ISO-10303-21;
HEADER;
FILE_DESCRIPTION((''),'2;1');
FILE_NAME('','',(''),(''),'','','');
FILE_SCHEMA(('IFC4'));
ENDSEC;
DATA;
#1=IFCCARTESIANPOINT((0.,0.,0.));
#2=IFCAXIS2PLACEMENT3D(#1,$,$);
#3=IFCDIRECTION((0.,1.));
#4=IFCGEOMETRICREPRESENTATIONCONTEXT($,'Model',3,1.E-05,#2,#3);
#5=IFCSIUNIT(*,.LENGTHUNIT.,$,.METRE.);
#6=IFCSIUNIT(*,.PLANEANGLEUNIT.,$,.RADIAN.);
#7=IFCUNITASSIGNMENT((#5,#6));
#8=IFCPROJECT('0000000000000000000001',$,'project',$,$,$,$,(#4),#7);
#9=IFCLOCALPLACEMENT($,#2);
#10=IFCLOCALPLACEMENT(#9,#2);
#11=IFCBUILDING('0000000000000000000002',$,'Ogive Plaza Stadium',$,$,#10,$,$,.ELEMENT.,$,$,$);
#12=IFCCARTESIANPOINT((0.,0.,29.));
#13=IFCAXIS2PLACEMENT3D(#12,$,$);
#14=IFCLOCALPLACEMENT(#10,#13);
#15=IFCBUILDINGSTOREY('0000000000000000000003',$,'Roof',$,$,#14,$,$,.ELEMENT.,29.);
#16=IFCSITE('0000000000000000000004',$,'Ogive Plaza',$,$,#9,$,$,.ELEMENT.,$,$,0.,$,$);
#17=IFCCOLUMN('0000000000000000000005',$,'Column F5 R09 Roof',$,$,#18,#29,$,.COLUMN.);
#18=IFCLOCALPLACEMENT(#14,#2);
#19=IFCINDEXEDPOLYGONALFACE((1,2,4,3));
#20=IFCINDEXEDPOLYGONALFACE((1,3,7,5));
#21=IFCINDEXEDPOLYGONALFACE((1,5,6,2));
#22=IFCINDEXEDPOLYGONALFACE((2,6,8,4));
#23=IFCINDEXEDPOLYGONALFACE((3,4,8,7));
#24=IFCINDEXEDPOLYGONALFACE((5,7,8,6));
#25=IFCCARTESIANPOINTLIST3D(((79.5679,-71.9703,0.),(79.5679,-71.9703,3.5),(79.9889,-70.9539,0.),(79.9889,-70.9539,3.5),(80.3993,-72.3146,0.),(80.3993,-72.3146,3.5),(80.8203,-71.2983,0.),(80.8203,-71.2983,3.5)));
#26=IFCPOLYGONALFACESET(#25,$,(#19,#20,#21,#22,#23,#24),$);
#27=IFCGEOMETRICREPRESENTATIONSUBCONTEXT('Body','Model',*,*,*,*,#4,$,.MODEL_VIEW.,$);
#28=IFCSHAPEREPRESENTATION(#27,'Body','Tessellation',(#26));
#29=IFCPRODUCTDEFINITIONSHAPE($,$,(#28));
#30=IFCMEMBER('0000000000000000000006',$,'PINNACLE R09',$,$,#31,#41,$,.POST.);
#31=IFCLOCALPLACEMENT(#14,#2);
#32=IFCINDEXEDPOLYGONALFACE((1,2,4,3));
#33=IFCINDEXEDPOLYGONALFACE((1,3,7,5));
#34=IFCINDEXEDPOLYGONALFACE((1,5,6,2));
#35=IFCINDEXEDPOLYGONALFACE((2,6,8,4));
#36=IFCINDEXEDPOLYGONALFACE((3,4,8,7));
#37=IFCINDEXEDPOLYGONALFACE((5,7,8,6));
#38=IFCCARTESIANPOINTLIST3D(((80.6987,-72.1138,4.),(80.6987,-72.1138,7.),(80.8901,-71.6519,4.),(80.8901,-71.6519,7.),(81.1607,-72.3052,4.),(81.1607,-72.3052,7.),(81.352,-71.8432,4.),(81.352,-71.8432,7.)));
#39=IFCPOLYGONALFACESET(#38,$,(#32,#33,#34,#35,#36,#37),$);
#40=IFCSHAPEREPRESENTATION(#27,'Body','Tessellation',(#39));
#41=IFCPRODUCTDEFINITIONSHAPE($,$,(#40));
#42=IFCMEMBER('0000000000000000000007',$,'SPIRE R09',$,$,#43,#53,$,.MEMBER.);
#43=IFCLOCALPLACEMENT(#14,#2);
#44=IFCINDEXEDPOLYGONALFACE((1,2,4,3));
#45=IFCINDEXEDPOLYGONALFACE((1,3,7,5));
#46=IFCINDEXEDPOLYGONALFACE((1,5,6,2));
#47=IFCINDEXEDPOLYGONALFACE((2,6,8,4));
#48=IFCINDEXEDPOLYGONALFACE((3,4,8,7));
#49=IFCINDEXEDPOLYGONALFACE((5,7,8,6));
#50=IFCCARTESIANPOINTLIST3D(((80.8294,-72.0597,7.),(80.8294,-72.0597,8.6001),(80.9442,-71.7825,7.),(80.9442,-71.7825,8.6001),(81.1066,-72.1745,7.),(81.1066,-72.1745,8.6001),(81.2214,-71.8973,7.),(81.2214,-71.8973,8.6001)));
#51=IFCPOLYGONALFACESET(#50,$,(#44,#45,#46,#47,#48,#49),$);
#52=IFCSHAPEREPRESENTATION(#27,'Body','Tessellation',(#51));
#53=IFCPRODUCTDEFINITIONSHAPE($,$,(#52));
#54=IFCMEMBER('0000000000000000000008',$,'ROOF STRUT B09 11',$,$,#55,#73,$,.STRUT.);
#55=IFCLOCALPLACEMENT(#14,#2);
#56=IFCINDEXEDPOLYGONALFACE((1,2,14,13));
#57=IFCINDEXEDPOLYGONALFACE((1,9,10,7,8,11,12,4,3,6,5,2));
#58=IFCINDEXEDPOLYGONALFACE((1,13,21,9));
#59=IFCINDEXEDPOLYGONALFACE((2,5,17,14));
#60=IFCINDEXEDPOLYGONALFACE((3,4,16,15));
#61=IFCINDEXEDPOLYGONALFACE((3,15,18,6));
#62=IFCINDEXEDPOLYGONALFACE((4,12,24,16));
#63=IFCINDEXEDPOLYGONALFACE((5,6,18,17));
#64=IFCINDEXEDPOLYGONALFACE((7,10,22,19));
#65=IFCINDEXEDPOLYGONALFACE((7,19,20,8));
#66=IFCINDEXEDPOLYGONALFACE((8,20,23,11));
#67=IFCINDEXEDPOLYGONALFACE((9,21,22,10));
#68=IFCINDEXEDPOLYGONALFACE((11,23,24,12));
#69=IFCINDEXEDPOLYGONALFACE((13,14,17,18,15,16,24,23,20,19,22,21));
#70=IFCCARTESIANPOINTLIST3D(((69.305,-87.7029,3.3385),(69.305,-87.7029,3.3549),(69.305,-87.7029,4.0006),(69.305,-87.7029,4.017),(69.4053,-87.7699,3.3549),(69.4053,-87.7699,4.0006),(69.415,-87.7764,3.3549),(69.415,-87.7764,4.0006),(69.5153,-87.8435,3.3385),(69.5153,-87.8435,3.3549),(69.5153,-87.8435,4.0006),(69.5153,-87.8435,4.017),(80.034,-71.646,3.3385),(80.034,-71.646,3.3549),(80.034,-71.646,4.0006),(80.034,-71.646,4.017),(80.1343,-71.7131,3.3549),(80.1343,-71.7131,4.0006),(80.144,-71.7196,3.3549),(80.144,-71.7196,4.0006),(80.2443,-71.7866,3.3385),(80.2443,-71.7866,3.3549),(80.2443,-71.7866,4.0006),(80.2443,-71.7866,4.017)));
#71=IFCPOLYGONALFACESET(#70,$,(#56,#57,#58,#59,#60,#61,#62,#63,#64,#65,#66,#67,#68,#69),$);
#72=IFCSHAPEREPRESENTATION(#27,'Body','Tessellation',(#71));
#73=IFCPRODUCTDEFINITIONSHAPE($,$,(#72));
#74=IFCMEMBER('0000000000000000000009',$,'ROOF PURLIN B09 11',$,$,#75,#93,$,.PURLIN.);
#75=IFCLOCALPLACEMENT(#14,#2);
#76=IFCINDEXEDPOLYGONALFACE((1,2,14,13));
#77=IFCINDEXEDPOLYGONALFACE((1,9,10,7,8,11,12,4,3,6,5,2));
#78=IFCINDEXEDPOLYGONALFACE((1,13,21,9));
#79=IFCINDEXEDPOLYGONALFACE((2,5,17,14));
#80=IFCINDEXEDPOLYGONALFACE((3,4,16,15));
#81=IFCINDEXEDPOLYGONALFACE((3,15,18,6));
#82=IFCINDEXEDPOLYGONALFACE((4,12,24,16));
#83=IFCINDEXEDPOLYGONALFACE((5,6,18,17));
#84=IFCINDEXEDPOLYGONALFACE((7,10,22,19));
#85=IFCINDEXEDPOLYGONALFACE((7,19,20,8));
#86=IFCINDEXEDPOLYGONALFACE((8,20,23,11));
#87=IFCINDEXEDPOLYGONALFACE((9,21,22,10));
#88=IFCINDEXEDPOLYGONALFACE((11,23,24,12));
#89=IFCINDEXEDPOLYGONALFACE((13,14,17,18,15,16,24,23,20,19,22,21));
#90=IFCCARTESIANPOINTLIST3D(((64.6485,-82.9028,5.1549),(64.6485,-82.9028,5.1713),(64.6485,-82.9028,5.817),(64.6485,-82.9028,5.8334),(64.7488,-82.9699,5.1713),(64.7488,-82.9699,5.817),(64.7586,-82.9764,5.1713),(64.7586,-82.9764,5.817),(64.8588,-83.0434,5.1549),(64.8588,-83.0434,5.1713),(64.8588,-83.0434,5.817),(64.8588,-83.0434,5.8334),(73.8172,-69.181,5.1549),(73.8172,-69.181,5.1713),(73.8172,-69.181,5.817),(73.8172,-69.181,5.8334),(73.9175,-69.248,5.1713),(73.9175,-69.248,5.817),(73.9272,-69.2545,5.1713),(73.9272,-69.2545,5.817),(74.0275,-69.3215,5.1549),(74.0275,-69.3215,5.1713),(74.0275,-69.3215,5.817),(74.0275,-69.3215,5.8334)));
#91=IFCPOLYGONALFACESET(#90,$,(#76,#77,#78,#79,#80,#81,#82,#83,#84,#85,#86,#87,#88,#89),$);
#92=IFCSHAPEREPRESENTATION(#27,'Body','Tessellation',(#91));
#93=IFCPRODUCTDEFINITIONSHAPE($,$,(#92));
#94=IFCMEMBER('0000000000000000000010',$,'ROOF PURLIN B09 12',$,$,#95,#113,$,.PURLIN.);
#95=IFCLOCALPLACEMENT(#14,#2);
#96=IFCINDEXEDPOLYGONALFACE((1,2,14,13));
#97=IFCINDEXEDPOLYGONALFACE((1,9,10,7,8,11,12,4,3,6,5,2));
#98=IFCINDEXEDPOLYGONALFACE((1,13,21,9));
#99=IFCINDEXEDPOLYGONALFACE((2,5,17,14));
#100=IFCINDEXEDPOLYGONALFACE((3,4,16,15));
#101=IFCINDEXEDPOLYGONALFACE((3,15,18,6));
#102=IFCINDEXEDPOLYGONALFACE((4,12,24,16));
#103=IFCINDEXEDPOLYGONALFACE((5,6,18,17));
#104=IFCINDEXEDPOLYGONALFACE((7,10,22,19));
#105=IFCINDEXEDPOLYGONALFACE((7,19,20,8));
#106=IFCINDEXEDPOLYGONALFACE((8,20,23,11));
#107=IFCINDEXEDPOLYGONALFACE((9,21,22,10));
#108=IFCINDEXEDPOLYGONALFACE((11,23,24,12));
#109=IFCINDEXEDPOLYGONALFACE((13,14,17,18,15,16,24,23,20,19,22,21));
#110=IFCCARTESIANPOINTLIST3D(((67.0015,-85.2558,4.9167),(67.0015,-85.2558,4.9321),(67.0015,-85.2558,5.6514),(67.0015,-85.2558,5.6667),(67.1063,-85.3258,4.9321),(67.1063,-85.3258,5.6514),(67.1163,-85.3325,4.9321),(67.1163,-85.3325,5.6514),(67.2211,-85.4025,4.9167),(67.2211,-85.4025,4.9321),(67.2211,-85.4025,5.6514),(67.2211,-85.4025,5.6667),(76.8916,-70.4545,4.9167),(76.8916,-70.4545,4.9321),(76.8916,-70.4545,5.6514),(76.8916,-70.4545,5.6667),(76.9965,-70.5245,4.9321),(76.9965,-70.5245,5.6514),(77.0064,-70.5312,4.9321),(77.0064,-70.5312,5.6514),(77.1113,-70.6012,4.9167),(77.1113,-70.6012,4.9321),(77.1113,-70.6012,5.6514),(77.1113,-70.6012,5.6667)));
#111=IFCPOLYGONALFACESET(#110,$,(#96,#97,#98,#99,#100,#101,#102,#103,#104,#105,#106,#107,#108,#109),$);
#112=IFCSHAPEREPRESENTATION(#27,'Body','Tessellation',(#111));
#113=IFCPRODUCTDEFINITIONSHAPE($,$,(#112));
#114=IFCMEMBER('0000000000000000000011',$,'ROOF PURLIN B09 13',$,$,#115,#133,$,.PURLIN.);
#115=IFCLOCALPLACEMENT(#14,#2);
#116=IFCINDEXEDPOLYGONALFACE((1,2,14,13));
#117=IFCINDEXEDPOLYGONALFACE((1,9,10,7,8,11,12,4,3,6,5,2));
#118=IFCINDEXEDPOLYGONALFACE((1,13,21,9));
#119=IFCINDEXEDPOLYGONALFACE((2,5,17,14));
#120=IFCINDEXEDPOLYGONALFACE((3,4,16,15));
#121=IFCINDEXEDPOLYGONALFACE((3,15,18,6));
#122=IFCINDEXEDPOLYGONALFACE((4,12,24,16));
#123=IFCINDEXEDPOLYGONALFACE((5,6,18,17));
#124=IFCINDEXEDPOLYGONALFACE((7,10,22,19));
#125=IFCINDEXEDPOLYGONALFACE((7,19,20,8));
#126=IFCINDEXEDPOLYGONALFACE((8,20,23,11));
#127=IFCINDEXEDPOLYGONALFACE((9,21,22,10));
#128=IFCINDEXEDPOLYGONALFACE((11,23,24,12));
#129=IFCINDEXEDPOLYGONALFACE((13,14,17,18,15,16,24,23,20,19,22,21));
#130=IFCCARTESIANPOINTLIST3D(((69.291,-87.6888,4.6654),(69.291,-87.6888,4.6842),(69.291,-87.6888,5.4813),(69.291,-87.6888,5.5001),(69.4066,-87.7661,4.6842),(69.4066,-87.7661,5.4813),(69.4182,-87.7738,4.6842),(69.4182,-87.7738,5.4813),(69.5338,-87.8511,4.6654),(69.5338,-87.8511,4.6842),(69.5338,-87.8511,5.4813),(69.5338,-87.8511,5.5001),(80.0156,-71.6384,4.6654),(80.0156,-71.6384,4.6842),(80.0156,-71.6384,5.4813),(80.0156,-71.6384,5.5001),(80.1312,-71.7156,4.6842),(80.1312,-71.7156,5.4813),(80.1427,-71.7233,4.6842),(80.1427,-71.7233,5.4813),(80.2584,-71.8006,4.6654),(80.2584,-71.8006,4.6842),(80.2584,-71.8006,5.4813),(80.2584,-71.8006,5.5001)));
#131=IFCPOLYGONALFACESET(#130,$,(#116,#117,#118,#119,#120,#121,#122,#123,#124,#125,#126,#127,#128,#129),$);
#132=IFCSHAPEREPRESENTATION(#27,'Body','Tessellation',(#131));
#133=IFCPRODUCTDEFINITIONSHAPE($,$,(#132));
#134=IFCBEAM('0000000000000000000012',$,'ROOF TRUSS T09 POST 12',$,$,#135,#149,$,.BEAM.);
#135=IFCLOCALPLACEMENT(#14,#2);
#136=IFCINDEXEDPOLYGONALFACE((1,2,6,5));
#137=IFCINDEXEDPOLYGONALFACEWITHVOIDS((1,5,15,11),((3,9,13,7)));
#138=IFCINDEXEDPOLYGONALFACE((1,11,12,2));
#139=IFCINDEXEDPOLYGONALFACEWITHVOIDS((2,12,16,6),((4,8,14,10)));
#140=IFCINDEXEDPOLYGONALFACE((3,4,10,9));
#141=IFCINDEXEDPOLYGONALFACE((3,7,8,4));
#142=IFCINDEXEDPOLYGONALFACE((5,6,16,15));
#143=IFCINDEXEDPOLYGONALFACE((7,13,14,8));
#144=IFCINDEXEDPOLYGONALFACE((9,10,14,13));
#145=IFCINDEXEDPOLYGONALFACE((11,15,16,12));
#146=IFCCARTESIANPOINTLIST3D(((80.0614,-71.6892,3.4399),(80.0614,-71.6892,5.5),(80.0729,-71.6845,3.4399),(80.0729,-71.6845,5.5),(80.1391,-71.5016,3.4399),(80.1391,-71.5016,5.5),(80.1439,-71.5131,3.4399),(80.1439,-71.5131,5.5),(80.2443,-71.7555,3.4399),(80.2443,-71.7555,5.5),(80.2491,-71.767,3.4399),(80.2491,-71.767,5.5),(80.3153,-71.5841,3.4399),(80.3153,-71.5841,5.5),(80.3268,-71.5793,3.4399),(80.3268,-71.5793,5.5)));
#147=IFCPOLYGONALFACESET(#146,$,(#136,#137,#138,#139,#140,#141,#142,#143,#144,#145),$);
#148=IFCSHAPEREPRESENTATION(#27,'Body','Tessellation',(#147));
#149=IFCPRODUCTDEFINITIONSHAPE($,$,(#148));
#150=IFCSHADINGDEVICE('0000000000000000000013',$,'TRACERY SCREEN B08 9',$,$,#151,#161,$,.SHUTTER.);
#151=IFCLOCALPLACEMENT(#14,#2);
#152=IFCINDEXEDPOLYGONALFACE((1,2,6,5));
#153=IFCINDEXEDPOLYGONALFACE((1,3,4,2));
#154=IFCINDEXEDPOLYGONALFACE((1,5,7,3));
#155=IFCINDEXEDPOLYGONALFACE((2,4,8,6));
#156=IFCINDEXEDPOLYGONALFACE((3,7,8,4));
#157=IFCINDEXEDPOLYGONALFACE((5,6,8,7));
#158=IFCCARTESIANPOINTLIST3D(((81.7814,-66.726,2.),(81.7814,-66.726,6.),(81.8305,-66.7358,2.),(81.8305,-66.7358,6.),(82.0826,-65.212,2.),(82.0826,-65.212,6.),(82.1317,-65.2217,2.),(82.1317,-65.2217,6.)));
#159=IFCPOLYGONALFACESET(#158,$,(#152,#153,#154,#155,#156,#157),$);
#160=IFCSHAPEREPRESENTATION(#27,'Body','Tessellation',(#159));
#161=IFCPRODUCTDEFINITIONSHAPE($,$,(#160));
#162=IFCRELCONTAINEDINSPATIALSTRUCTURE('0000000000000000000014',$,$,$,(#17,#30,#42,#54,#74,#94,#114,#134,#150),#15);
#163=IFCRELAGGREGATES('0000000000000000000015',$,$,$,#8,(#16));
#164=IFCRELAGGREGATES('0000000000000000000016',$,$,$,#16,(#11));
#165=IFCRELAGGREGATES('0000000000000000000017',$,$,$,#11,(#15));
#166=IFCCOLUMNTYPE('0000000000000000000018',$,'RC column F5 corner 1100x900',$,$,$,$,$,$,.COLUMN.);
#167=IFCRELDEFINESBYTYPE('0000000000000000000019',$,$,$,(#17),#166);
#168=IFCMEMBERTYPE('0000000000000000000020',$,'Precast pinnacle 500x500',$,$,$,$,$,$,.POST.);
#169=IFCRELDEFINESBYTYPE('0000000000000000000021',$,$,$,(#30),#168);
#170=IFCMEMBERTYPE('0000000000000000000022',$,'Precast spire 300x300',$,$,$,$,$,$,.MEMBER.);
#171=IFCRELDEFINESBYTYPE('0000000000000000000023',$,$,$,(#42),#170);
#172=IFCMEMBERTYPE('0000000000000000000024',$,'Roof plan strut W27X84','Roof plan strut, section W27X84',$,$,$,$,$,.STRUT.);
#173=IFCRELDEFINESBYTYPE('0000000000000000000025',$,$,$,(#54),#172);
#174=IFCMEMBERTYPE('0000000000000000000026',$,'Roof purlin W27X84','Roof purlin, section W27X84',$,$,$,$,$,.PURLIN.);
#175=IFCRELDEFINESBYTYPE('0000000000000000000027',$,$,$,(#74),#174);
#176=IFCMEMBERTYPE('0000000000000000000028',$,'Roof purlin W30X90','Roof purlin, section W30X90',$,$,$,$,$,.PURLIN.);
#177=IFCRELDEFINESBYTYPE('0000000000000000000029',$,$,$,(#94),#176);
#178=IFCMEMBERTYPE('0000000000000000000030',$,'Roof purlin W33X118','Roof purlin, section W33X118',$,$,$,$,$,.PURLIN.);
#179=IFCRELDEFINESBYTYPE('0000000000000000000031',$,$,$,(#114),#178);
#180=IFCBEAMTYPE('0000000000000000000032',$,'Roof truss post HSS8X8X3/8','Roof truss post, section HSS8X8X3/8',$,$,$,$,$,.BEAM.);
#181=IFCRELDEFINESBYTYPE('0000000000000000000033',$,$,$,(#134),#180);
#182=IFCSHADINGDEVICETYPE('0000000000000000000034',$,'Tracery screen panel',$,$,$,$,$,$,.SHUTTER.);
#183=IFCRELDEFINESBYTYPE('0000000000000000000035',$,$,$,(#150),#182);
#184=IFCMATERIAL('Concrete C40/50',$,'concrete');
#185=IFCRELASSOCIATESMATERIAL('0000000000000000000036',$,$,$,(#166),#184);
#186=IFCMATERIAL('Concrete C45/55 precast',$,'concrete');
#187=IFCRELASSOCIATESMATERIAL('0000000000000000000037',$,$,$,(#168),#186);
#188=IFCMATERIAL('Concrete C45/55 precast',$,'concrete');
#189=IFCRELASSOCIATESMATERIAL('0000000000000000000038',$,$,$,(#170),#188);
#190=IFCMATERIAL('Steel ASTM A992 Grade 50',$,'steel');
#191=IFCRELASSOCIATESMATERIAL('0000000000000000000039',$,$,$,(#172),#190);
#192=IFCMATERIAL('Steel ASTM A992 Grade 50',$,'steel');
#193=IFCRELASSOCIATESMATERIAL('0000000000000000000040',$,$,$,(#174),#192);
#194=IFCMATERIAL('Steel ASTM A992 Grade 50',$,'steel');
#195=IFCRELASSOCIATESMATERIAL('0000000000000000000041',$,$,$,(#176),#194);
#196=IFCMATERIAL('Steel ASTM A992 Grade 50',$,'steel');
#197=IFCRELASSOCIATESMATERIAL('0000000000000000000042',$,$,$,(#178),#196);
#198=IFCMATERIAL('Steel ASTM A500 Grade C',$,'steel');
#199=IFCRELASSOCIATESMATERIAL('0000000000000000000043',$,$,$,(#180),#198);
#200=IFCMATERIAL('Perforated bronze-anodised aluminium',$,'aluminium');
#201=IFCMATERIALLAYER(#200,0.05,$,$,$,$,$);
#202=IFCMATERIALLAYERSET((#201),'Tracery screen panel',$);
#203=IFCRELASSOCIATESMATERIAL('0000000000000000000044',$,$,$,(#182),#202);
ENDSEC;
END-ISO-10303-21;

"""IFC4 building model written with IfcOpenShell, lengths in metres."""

from ifc_helpers import new_model, si_unit, direction, frame, origin, origin_2d, place, context, subcontext, project, spatial, rectangle, hollow_rectangle, i_section, extrude, material, layer, layer_set, material_profile, profile_set, type_object, element, save


model = new_model("IFC4")

# Units and contexts
model_context = context("Model", 3, precision=1e-05, world=origin(), true_north=direction((0.0, 1.0)))
body_context = subcontext(model_context, "Body", "Model", "MODEL_VIEW")
ifc_project = project(units=[si_unit("LENGTHUNIT", "METRE"), si_unit("PLANEANGLEUNIT", "RADIAN")], contexts=[model_context])

# Site, building, storey
site_placement = place(None, origin())
site = spatial("IfcSite", under=ifc_project, at=site_placement, Name="Ogive Plaza", CompositionType="ELEMENT", RefElevation=0.0)
building_placement = place(site_placement, origin())
building = spatial("IfcBuilding", under=site, at=building_placement, Name="Ogive Plaza Stadium", CompositionType="ELEMENT")
storey_placement = place(building_placement, frame((0.0, 0.0, 29.0)))
storey = spatial("IfcBuildingStorey", under=building, at=storey_placement, Name="Roof", CompositionType="ELEMENT", Elevation=29.0)

# Column
ifc_material_1 = material(Name="Concrete C40/50", Category="concrete")
ifc_material_profile_1 = material_profile(ifc_material_1, rectangle(XDim=1.1001, YDim=0.8999, at=origin_2d()), Name="RC 1100x900")
ifc_profile_set_1 = profile_set([ifc_material_profile_1], Name="Concrete C40/50")
column_type = type_object("IfcColumnType", Name="RC column F5 corner 1100x900", PredefinedType="COLUMN", material=ifc_profile_set_1)
column_placement = place(storey_placement, frame((80.1941, -71.6343, 0.0), z_axis=(0.0, 0.0, 1.0), x_axis=(0.382683, 0.92388, 0.0)))
element("IfcColumn", 1, at=column_placement, inside=storey, type_object=column_type, Name="Column F5 R09 Roof", PredefinedType="COLUMN", context=body_context, shape_type="SweptSolid", body=[
    extrude(rectangle(XDim=1.1001, YDim=0.8999, at=origin_2d()), origin(), (0.0, 0.0, 1.0), 3.5),
])

# Members
ifc_material_2 = material(Name="Concrete C45/55 precast", Category="concrete")
ifc_material_profile_2 = material_profile(ifc_material_2, rectangle(XDim=0.5, YDim=0.5, at=origin_2d()), Name="RC 500x500")
ifc_profile_set_2 = profile_set([ifc_material_profile_2], Name="Concrete C45/55 precast")
member_type_1 = type_object("IfcMemberType", Name="Precast pinnacle 500x500", PredefinedType="POST", material=ifc_profile_set_2)
member_1_placement = place(storey_placement, frame((81.0254, -71.9785, 4.0), z_axis=(0.0, 0.0, 1.0), x_axis=(0.382683, 0.92388, 0.0)))
element("IfcMember", 2, at=member_1_placement, inside=storey, type_object=member_type_1, Name="PINNACLE R09", PredefinedType="POST", context=body_context, shape_type="SweptSolid", body=[
    extrude(rectangle(XDim=0.5, YDim=0.5, at=origin_2d()), origin(), (0.0, 0.0, 1.0), 3.0),
])
ifc_material_3 = material(Name="Concrete C45/55 precast", Category="concrete")
ifc_material_profile_3 = material_profile(ifc_material_3, rectangle(XDim=0.3, YDim=0.3, at=origin_2d()), Name="RC 300x300")
ifc_profile_set_3 = profile_set([ifc_material_profile_3], Name="Concrete C45/55 precast")
member_type_2 = type_object("IfcMemberType", Name="Precast spire 300x300", PredefinedType="MEMBER", material=ifc_profile_set_3)
member_2_placement = place(storey_placement, frame((81.0254, -71.9785, 7.0), z_axis=(0.0, 0.0, 1.0), x_axis=(0.382683, 0.92388, 0.0)))
element("IfcMember", 3, at=member_2_placement, inside=storey, type_object=member_type_2, Name="SPIRE R09", PredefinedType="MEMBER", context=body_context, shape_type="SweptSolid", body=[
    extrude(rectangle(XDim=0.3, YDim=0.3, at=origin_2d()), origin(), (0.0, 0.0, 1.0), 1.6001),
])
ifc_material_4 = material(Name="Steel ASTM A992 Grade 50", Category="steel")
ifc_material_profile_4 = material_profile(ifc_material_4, i_section(OverallWidth=0.2529, OverallDepth=0.6785, WebThickness=0.0117, FlangeThickness=0.0164, at=origin_2d()), Name="W27X84")
ifc_profile_set_4 = profile_set([ifc_material_profile_4], Name="Steel ASTM A992 Grade 50")
member_type_3 = type_object("IfcMemberType", Name="Roof plan strut W27X84", Description="Roof plan strut, section W27X84", PredefinedType="STRUT", material=ifc_profile_set_4)
member_3_placement = place(storey_placement, frame((80.1392, -71.7163, 3.6777), z_axis=(-0.555575, -0.831466, 0.0), x_axis=(0.831466, -0.555575, 0.0)))
element("IfcMember", 4, at=member_3_placement, inside=storey, type_object=member_type_3, Name="ROOF STRUT B09 11", PredefinedType="STRUT", context=body_context, shape_type="SweptSolid", body=[
    extrude(i_section(OverallWidth=0.2529, OverallDepth=0.6785, WebThickness=0.0117, FlangeThickness=0.0164, at=origin_2d()), origin(), (0.0, 0.0, 1.0), 19.3115),
])
ifc_material_5 = material(Name="Steel ASTM A992 Grade 50", Category="steel")
ifc_material_profile_5 = material_profile(ifc_material_5, i_section(OverallWidth=0.2529, OverallDepth=0.6785, WebThickness=0.0117, FlangeThickness=0.0164, at=origin_2d()), Name="W27X84")
ifc_profile_set_5 = profile_set([ifc_material_profile_5], Name="Steel ASTM A992 Grade 50")
member_type_4 = type_object("IfcMemberType", Name="Roof purlin W27X84", Description="Roof purlin, section W27X84", PredefinedType="PURLIN", material=ifc_profile_set_5)
member_4_placement = place(storey_placement, frame((73.9224, -69.2512, 5.4941), z_axis=(-0.55557, -0.831469, 0.0), x_axis=(0.831469, -0.55557, 0.0)))
element("IfcMember", 5, at=member_4_placement, inside=storey, type_object=member_type_4, Name="ROOF PURLIN B09 11", PredefinedType="PURLIN", context=body_context, shape_type="SweptSolid", body=[
    extrude(i_section(OverallWidth=0.2529, OverallDepth=0.6785, WebThickness=0.0117, FlangeThickness=0.0164, at=origin_2d()), origin(), (0.0, 0.0, 1.0), 16.5032),
])
ifc_material_6 = material(Name="Steel ASTM A992 Grade 50", Category="steel")
ifc_material_profile_6 = material_profile(ifc_material_6, i_section(OverallWidth=0.2642, OverallDepth=0.75, WebThickness=0.012, FlangeThickness=0.0154, at=origin_2d()), Name="W30X90")
ifc_profile_set_6 = profile_set([ifc_material_profile_6], Name="Steel ASTM A992 Grade 50")
member_type_5 = type_object("IfcMemberType", Name="Roof purlin W30X90", Description="Roof purlin, section W30X90", PredefinedType="PURLIN", material=ifc_profile_set_6)
member_5_placement = place(storey_placement, frame((77.0015, -70.5278, 5.2917), z_axis=(-0.55558, -0.831463, 0.0), x_axis=(0.831463, -0.55558, 0.0)))
element("IfcMember", 6, at=member_5_placement, inside=storey, type_object=member_type_5, Name="ROOF PURLIN B09 12", PredefinedType="PURLIN", context=body_context, shape_type="SweptSolid", body=[
    extrude(i_section(OverallWidth=0.2642, OverallDepth=0.75, WebThickness=0.012, FlangeThickness=0.0154, at=origin_2d()), origin(), (0.0, 0.0, 1.0), 17.8015),
])
ifc_material_7 = material(Name="Steel ASTM A992 Grade 50", Category="steel")
ifc_material_profile_7 = material_profile(ifc_material_7, i_section(OverallWidth=0.292, OverallDepth=0.8347, WebThickness=0.0139, FlangeThickness=0.0188, at=origin_2d()), Name="W33X118")
ifc_profile_set_7 = profile_set([ifc_material_profile_7], Name="Steel ASTM A992 Grade 50")
member_type_6 = type_object("IfcMemberType", Name="Roof purlin W33X118", Description="Roof purlin, section W33X118", PredefinedType="PURLIN", material=ifc_profile_set_7)
member_6_placement = place(storey_placement, frame((80.137, -71.7195, 5.0828), z_axis=(-0.55557, -0.83147, 0.0), x_axis=(0.83147, -0.55557, 0.0)))
element("IfcMember", 7, at=member_6_placement, inside=storey, type_object=member_type_6, Name="ROOF PURLIN B09 13", PredefinedType="PURLIN", context=body_context, shape_type="SweptSolid", body=[
    extrude(i_section(OverallWidth=0.292, OverallDepth=0.8347, WebThickness=0.0139, FlangeThickness=0.0188, at=origin_2d()), origin(), (0.0, 0.0, 1.0), 19.3037),
])

# Beam
ifc_material_8 = material(Name="Steel ASTM A500 Grade C", Category="steel")
ifc_material_profile_8 = material_profile(ifc_material_8, hollow_rectangle(XDim=0.2031, YDim=0.2031, WallThickness=0.0088, at=origin_2d()), Name="HSS8X8X3/8")
ifc_profile_set_8 = profile_set([ifc_material_profile_8], Name="Steel ASTM A500 Grade C")
beam_type = type_object("IfcBeamType", Name="Roof truss post HSS8X8X3/8", Description="Roof truss post, section HSS8X8X3/8", PredefinedType="BEAM", material=ifc_profile_set_8)
beam_placement = place(storey_placement, frame((80.1941, -71.6343, 3.4399), z_axis=(0.0, 0.0, 1.0), x_axis=(0.382683, 0.92388, 0.0)))
element("IfcBeam", 8, at=beam_placement, inside=storey, type_object=beam_type, Name="ROOF TRUSS T09 POST 12", PredefinedType="BEAM", context=body_context, shape_type="SweptSolid", body=[
    extrude(hollow_rectangle(XDim=0.2031, YDim=0.2031, WallThickness=0.0088, at=origin_2d()), origin(), (0.0, 0.0, 1.0), 2.0601),
])

# Shading device
ifc_material_9 = material(Name="Perforated bronze-anodised aluminium", Category="aluminium")
ifc_layer_1 = layer(ifc_material_9, 0.05)
ifc_layer_set_1 = layer_set([ifc_layer_1], Name="Tracery screen panel")
shading_device_type = type_object("IfcShadingDeviceType", Name="Tracery screen panel", PredefinedType="SHUTTER", material=ifc_layer_set_1)
for number, where, z_axis, x_axis, name in (
    (9, (81.9565, -65.9739, 2.0), (0.0, 0.0, 1.0), (-0.19509, -0.980785, 0.0), "TRACERY SCREEN B08 9"),
):
    element("IfcShadingDevice", number, at=place(storey_placement, frame(where, z_axis=z_axis, x_axis=x_axis)), inside=storey, type_object=shading_device_type, Name=name, PredefinedType="SHUTTER", context=body_context, shape_type="SweptSolid", body=[
        extrude(rectangle(XDim=1.5437, YDim=0.05, at=origin_2d()), origin(), (0.0, 0.0, 1.0), 4.0),
    ])

save(model, "model.ifc")
